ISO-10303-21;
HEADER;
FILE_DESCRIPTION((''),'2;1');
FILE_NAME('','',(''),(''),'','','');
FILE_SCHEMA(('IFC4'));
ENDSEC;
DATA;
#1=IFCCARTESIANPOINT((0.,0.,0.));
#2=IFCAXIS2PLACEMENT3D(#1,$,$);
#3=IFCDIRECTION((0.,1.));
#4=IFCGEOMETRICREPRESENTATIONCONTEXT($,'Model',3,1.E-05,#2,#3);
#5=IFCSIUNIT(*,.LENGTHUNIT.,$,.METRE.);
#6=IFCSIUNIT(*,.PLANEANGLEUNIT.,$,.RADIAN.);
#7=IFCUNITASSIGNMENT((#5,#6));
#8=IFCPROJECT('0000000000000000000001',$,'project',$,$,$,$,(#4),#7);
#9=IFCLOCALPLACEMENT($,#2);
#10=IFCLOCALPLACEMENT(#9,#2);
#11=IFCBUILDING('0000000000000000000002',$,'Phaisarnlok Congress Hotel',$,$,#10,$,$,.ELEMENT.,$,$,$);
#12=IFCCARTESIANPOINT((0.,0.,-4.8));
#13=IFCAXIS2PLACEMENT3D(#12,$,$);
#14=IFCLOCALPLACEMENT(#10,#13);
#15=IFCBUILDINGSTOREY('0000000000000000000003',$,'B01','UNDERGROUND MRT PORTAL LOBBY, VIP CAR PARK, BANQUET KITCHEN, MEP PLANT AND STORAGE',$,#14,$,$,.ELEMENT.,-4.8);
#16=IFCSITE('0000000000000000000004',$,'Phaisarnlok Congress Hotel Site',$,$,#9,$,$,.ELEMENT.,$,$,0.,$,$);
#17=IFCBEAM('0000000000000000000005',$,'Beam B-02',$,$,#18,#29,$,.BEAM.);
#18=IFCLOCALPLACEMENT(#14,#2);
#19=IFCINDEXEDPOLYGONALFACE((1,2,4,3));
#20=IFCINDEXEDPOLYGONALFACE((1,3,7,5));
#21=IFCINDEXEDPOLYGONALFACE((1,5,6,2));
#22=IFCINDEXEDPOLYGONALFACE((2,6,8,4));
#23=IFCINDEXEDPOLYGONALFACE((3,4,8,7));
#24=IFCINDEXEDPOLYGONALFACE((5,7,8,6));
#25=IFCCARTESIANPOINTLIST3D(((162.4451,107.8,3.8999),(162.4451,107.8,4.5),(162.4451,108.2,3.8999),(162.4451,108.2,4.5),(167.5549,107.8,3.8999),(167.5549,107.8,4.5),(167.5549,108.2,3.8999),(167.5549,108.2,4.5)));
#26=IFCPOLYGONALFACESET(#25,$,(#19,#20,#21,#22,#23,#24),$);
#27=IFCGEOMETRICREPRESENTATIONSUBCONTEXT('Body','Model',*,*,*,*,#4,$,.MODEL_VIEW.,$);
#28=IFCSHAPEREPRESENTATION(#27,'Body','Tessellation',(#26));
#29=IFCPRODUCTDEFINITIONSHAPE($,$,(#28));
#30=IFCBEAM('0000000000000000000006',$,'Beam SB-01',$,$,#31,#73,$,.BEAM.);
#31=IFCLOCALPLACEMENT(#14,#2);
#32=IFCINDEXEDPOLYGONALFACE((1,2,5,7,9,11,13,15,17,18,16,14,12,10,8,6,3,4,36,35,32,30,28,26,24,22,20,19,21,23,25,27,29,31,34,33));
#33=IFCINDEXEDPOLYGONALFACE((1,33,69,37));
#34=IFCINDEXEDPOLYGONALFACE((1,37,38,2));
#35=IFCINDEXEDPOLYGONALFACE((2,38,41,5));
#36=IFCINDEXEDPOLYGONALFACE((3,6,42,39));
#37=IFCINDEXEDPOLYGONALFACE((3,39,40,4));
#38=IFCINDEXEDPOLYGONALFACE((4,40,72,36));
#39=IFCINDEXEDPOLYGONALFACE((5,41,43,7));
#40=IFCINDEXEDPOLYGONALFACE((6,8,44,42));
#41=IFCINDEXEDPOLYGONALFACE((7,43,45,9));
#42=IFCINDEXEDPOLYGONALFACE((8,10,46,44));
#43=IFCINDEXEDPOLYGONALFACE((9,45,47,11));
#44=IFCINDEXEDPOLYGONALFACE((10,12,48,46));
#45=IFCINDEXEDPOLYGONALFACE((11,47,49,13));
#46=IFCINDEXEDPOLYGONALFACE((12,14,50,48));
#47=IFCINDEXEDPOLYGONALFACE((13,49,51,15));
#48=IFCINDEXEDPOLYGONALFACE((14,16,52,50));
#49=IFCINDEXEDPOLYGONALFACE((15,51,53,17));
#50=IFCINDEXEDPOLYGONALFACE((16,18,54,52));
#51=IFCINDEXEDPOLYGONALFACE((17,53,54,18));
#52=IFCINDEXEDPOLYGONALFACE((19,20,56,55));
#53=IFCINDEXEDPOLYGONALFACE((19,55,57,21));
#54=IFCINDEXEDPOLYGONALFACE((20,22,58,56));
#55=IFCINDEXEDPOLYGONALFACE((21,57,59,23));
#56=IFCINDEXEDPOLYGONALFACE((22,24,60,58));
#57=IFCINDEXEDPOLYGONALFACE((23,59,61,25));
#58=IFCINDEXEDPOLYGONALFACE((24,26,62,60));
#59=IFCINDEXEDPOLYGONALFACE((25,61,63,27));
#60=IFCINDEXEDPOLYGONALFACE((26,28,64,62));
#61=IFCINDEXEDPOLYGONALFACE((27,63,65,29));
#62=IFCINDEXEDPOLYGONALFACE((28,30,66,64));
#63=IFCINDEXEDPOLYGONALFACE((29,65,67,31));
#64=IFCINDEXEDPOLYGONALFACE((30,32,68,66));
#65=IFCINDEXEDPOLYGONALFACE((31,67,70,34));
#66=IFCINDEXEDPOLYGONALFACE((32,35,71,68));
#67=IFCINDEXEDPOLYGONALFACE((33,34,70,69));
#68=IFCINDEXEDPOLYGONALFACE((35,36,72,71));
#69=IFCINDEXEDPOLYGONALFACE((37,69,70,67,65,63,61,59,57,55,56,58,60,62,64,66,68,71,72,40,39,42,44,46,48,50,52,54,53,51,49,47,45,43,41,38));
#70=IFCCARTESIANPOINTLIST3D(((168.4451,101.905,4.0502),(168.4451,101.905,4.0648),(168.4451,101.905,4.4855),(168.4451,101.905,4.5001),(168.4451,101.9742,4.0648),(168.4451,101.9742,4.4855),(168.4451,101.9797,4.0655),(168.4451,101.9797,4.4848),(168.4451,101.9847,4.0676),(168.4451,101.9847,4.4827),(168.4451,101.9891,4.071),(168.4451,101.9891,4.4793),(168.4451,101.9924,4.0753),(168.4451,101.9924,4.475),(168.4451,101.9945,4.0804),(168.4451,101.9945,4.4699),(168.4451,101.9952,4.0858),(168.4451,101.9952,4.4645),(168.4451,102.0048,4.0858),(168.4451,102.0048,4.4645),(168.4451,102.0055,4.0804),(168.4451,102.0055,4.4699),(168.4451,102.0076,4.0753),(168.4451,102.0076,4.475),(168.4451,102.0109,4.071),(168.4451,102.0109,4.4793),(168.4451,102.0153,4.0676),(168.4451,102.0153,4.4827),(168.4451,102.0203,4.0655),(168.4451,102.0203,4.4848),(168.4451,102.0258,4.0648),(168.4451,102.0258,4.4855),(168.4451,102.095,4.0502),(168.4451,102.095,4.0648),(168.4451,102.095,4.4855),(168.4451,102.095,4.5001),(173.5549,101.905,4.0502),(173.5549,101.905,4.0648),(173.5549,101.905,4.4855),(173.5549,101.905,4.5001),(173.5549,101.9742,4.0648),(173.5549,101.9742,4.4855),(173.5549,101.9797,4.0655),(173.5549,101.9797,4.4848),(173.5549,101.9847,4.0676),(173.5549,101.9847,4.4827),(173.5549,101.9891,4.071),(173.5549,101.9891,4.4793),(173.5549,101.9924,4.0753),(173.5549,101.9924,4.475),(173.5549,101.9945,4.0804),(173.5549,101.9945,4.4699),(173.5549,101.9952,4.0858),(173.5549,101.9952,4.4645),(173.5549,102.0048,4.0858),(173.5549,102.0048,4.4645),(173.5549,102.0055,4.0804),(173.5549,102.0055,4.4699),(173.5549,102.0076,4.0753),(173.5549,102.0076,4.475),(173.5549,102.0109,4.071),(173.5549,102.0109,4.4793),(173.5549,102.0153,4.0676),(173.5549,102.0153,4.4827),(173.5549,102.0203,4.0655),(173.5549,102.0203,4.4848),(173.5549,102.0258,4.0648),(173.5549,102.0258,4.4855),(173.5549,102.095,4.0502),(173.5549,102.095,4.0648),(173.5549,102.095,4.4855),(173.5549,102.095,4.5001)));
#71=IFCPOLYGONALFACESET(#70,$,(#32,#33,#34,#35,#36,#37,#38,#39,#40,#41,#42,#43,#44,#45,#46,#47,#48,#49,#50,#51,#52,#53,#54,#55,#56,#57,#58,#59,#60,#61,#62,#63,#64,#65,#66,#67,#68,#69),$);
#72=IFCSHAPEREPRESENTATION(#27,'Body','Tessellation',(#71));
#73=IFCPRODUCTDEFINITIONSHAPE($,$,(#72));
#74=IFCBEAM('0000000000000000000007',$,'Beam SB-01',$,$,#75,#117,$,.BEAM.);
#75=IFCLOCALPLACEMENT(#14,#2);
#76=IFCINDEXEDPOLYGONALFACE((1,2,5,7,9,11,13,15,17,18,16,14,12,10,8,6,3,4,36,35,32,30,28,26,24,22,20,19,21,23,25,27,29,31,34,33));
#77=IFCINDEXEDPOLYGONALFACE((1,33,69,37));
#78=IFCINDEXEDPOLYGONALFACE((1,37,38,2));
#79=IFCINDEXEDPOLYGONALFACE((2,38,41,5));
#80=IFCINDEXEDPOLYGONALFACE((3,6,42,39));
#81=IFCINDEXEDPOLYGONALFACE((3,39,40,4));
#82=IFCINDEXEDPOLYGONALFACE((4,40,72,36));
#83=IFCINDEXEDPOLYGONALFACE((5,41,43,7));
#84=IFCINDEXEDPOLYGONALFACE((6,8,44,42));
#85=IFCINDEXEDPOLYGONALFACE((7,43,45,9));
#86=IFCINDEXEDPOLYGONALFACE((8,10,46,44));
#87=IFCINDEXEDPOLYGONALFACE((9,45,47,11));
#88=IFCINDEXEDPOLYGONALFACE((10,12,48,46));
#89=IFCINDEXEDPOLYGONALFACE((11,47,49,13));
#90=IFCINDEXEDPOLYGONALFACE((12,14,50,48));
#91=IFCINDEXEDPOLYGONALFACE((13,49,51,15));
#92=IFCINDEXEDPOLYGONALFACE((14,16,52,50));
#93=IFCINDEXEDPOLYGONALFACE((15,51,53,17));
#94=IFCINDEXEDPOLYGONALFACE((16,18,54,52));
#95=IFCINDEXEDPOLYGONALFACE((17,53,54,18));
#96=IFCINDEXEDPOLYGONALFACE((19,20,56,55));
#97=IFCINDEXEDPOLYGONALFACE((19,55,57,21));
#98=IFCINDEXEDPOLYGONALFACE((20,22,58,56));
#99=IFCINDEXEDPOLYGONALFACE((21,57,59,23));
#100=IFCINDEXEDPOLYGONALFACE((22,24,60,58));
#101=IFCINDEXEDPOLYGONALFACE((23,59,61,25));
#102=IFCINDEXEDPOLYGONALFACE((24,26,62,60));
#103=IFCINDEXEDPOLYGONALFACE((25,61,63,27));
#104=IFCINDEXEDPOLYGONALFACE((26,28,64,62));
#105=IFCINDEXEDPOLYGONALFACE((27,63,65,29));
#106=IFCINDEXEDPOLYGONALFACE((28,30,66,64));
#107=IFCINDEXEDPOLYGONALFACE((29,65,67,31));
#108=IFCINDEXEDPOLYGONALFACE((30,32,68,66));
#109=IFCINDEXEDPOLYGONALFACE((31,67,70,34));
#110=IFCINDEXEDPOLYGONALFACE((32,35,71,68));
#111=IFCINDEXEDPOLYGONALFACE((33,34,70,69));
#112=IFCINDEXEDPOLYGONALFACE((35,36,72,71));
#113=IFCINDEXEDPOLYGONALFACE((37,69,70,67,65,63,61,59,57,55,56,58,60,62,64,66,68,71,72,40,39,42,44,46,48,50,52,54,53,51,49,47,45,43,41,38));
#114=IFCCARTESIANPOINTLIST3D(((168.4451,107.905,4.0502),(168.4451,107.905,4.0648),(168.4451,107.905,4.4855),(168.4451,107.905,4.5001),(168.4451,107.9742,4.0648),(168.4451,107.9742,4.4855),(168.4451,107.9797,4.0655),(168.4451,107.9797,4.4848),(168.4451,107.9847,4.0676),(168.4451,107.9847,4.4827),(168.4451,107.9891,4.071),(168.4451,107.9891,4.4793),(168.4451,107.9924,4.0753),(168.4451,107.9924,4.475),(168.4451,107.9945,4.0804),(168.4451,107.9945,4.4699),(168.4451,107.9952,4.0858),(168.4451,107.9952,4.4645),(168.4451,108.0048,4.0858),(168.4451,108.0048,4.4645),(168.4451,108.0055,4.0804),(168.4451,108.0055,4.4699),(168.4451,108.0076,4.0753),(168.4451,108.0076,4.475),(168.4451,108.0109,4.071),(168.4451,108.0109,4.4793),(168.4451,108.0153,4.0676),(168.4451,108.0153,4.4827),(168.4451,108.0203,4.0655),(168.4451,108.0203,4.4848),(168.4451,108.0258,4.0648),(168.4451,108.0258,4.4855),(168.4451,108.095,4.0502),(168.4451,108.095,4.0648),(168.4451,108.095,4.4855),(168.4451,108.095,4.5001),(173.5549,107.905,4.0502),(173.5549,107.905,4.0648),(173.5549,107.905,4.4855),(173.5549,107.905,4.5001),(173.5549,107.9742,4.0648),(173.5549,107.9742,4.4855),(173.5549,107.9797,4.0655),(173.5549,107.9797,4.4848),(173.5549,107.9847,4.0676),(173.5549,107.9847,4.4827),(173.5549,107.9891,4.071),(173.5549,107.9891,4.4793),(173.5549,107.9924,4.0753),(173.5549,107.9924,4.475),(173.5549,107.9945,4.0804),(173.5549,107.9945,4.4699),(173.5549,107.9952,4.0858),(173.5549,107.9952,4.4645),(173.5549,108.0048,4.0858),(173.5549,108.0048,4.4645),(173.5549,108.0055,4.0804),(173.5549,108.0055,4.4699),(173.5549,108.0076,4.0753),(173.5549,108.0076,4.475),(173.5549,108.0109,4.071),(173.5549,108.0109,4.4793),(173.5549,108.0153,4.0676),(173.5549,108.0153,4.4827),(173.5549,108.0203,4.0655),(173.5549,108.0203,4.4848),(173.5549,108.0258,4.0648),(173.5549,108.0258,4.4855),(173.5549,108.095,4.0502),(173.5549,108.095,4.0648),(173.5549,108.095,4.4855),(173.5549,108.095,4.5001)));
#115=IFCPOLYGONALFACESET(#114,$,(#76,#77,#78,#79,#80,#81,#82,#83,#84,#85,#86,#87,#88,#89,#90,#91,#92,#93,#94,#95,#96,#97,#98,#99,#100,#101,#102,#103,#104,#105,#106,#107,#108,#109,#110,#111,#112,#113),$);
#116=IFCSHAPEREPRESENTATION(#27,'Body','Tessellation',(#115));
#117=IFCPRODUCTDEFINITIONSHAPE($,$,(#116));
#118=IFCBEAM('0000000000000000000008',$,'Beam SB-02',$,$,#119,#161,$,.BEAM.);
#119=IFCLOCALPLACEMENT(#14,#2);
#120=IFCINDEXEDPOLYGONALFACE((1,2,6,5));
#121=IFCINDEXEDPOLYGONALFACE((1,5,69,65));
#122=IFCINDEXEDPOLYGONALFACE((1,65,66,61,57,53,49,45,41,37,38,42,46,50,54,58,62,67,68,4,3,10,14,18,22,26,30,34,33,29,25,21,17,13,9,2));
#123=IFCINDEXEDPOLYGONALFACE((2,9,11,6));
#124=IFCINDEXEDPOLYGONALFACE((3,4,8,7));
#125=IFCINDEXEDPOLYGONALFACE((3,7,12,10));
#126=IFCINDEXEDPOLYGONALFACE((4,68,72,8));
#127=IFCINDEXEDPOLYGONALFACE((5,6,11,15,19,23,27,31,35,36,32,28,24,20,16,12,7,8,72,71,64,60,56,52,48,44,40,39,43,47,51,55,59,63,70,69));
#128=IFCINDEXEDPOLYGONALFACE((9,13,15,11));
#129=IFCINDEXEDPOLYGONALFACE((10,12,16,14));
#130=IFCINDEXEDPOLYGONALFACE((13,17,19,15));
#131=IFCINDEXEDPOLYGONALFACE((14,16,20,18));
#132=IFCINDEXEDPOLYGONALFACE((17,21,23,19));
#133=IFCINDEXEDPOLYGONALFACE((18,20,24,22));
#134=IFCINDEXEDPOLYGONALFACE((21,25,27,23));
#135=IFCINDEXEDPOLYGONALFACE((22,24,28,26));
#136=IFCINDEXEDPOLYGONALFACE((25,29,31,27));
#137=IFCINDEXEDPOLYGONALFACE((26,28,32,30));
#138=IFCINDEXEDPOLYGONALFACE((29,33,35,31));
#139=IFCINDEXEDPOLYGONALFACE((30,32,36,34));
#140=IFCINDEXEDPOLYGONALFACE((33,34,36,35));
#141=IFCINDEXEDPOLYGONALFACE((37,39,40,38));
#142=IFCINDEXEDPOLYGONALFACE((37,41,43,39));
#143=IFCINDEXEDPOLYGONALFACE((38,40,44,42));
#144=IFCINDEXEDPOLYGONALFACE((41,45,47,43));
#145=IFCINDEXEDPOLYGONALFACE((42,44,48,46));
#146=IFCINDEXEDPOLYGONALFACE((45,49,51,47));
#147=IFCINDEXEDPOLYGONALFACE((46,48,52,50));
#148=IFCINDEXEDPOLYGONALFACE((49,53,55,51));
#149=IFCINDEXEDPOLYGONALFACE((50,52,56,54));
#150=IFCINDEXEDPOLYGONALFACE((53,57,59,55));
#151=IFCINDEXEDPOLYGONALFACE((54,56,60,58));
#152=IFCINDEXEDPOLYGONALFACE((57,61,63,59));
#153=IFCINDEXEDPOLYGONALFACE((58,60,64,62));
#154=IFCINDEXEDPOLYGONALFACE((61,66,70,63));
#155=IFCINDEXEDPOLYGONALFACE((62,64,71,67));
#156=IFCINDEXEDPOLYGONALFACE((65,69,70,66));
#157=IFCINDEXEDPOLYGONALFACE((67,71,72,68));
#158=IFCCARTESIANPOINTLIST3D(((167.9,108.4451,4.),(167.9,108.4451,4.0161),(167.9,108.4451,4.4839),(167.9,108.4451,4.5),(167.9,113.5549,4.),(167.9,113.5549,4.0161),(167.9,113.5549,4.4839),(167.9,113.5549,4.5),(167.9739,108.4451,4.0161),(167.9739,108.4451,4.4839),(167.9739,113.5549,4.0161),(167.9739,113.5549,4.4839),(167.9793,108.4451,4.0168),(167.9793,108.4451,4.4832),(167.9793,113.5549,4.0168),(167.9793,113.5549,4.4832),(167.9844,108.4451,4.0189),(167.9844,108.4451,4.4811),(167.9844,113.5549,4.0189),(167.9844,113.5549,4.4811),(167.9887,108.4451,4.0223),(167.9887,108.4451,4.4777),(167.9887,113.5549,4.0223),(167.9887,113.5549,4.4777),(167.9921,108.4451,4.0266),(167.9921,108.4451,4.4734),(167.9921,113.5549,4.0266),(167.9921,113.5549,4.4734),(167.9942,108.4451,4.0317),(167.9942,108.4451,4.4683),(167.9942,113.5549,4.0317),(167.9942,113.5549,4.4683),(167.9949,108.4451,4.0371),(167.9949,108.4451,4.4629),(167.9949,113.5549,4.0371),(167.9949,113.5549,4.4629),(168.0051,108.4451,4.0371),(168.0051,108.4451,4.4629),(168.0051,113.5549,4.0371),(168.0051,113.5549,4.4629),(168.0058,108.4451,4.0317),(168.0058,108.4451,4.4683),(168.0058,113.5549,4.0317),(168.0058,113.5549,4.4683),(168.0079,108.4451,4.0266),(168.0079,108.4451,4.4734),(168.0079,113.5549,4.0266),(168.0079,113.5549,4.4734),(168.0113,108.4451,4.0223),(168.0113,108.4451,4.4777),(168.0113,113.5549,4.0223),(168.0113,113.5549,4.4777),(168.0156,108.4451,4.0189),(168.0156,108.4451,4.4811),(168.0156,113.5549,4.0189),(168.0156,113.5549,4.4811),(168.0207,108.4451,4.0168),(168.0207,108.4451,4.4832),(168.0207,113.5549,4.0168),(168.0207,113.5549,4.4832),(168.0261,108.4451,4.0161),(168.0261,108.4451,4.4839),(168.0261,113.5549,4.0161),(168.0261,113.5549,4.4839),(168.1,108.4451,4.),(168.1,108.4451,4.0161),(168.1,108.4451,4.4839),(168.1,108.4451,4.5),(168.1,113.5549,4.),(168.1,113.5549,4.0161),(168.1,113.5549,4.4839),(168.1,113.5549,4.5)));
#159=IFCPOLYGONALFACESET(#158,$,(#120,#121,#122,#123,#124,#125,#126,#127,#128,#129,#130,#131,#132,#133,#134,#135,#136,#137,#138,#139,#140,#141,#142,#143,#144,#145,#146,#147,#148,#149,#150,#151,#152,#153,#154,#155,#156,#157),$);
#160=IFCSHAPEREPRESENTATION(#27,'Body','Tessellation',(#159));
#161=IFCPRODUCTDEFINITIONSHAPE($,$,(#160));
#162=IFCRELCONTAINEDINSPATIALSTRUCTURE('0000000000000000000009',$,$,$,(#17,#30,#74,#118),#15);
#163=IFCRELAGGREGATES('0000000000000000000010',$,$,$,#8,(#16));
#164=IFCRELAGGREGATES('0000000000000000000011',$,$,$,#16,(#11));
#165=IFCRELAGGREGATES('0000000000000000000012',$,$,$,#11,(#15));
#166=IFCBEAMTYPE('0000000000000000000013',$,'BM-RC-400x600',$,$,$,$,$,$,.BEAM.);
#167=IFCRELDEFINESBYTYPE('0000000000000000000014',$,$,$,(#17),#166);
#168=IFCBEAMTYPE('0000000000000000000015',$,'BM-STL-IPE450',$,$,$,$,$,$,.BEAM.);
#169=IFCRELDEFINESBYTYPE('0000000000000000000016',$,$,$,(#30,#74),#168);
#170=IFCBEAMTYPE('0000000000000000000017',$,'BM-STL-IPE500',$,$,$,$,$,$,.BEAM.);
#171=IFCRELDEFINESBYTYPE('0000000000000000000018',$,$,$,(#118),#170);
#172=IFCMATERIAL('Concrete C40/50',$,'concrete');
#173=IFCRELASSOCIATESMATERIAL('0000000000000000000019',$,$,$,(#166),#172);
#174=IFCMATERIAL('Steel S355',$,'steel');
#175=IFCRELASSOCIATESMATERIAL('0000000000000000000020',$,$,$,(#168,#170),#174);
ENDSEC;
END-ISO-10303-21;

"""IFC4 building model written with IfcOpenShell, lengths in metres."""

from ifc_helpers import new_model, si_unit, direction, frame, origin, origin_2d, place, context, subcontext, project, spatial, rectangle, i_section, extrude, material, material_profile, profile_set, type_object, element, save


model = new_model("IFC4")

# Units and contexts
model_context = context("Model", 3, precision=1e-05, world=origin(), true_north=direction((0.0, 1.0)))
body_context = subcontext(model_context, "Body", "Model", "MODEL_VIEW")
ifc_project = project(units=[si_unit("LENGTHUNIT", "METRE"), si_unit("PLANEANGLEUNIT", "RADIAN")], contexts=[model_context])

# Site, building, storey
site_placement = place(None, origin())
site = spatial("IfcSite", under=ifc_project, at=site_placement, Name="Phaisarnlok Congress Hotel Site", CompositionType="ELEMENT", RefElevation=0.0)
building_placement = place(site_placement, origin())
building = spatial("IfcBuilding", under=site, at=building_placement, Name="Phaisarnlok Congress Hotel", CompositionType="ELEMENT")
storey_placement = place(building_placement, frame((0.0, 0.0, -4.8)))
storey = spatial("IfcBuildingStorey", under=building, at=storey_placement, Name="B01", Description="UNDERGROUND MRT PORTAL LOBBY, VIP CAR PARK, BANQUET KITCHEN, MEP PLANT AND STORAGE", CompositionType="ELEMENT", Elevation=-4.8)

# Shared definitions
ifc_material_1 = material(Name="Concrete C40/50", Category="concrete")

# Beams
ifc_material_profile_1 = material_profile(ifc_material_1, rectangle(XDim=0.3999, YDim=0.6001, at=origin_2d()), Name="RC 400x600")
ifc_profile_set_1 = profile_set([ifc_material_profile_1], Name="Concrete C40/50")
beam_type_1 = type_object("IfcBeamType", Name="BM-RC-400x600", PredefinedType="BEAM", material=ifc_profile_set_1)
for number, where, z_axis, x_axis, name in (
    (1, (162.4451, 108.0, 4.2), (1.0, 0.0, 0.0), (0.0, 1.0, 0.0), "Beam B-02"),
):
    element("IfcBeam", number, at=place(storey_placement, frame(where, z_axis=z_axis, x_axis=x_axis)), inside=storey, type_object=beam_type_1, Name=name, PredefinedType="BEAM", context=body_context, shape_type="SweptSolid", body=[
        extrude(rectangle(XDim=0.3999, YDim=0.6001, at=origin_2d()), origin(), (0.0, 0.0, 1.0), 5.1099),
    ])
ifc_material_2 = material(Name="Steel S355", Category="steel")
ifc_material_profile_2 = material_profile(ifc_material_2, i_section(OverallWidth=0.1899, OverallDepth=0.45, WebThickness=0.0095, FlangeThickness=0.0146, FilletRadius=0.021, at=origin_2d()), Name="IPE 450")
ifc_profile_set_2 = profile_set([ifc_material_profile_2], Name="Steel S355")
beam_type_2 = type_object("IfcBeamType", Name="BM-STL-IPE450", PredefinedType="BEAM", material=ifc_profile_set_2)
for number, where, z_axis, x_axis, name in (
    (2, (168.4451, 102.0, 4.2751), (1.0, 0.0, 0.0), (0.0, 1.0, 0.0), "Beam SB-01"),
    (3, (168.4451, 108.0, 4.2751), (1.0, 0.0, 0.0), (0.0, 1.0, 0.0), "Beam SB-01"),
):
    element("IfcBeam", number, at=place(storey_placement, frame(where, z_axis=z_axis, x_axis=x_axis)), inside=storey, type_object=beam_type_2, Name=name, PredefinedType="BEAM", context=body_context, shape_type="SweptSolid", body=[
        extrude(i_section(OverallWidth=0.1899, OverallDepth=0.45, WebThickness=0.0095, FlangeThickness=0.0146, FilletRadius=0.021, at=origin_2d()), origin(), (0.0, 0.0, 1.0), 5.1099),
    ])
ifc_material_profile_3 = material_profile(ifc_material_2, i_section(OverallWidth=0.2, OverallDepth=0.5, WebThickness=0.0103, FlangeThickness=0.0161, FilletRadius=0.021, at=origin_2d()), Name="IPE 500")
ifc_profile_set_3 = profile_set([ifc_material_profile_3], Name="Steel S355")
beam_type_3 = type_object("IfcBeamType", Name="BM-STL-IPE500", PredefinedType="BEAM", material=ifc_profile_set_3)
beam_1_placement = place(storey_placement, frame((168.0, 108.4451, 4.25), z_axis=(0.0, 1.0, 0.0), x_axis=(-1.0, 0.0, 0.0)))
element("IfcBeam", 4, at=beam_1_placement, inside=storey, type_object=beam_type_3, Name="Beam SB-02", PredefinedType="BEAM", context=body_context, shape_type="SweptSolid", body=[
    extrude(i_section(OverallWidth=0.2, OverallDepth=0.5, WebThickness=0.0103, FlangeThickness=0.0161, FilletRadius=0.021, at=origin_2d()), origin(), (0.0, 0.0, 1.0), 5.1099),
])

save(model, "model.ifc")
